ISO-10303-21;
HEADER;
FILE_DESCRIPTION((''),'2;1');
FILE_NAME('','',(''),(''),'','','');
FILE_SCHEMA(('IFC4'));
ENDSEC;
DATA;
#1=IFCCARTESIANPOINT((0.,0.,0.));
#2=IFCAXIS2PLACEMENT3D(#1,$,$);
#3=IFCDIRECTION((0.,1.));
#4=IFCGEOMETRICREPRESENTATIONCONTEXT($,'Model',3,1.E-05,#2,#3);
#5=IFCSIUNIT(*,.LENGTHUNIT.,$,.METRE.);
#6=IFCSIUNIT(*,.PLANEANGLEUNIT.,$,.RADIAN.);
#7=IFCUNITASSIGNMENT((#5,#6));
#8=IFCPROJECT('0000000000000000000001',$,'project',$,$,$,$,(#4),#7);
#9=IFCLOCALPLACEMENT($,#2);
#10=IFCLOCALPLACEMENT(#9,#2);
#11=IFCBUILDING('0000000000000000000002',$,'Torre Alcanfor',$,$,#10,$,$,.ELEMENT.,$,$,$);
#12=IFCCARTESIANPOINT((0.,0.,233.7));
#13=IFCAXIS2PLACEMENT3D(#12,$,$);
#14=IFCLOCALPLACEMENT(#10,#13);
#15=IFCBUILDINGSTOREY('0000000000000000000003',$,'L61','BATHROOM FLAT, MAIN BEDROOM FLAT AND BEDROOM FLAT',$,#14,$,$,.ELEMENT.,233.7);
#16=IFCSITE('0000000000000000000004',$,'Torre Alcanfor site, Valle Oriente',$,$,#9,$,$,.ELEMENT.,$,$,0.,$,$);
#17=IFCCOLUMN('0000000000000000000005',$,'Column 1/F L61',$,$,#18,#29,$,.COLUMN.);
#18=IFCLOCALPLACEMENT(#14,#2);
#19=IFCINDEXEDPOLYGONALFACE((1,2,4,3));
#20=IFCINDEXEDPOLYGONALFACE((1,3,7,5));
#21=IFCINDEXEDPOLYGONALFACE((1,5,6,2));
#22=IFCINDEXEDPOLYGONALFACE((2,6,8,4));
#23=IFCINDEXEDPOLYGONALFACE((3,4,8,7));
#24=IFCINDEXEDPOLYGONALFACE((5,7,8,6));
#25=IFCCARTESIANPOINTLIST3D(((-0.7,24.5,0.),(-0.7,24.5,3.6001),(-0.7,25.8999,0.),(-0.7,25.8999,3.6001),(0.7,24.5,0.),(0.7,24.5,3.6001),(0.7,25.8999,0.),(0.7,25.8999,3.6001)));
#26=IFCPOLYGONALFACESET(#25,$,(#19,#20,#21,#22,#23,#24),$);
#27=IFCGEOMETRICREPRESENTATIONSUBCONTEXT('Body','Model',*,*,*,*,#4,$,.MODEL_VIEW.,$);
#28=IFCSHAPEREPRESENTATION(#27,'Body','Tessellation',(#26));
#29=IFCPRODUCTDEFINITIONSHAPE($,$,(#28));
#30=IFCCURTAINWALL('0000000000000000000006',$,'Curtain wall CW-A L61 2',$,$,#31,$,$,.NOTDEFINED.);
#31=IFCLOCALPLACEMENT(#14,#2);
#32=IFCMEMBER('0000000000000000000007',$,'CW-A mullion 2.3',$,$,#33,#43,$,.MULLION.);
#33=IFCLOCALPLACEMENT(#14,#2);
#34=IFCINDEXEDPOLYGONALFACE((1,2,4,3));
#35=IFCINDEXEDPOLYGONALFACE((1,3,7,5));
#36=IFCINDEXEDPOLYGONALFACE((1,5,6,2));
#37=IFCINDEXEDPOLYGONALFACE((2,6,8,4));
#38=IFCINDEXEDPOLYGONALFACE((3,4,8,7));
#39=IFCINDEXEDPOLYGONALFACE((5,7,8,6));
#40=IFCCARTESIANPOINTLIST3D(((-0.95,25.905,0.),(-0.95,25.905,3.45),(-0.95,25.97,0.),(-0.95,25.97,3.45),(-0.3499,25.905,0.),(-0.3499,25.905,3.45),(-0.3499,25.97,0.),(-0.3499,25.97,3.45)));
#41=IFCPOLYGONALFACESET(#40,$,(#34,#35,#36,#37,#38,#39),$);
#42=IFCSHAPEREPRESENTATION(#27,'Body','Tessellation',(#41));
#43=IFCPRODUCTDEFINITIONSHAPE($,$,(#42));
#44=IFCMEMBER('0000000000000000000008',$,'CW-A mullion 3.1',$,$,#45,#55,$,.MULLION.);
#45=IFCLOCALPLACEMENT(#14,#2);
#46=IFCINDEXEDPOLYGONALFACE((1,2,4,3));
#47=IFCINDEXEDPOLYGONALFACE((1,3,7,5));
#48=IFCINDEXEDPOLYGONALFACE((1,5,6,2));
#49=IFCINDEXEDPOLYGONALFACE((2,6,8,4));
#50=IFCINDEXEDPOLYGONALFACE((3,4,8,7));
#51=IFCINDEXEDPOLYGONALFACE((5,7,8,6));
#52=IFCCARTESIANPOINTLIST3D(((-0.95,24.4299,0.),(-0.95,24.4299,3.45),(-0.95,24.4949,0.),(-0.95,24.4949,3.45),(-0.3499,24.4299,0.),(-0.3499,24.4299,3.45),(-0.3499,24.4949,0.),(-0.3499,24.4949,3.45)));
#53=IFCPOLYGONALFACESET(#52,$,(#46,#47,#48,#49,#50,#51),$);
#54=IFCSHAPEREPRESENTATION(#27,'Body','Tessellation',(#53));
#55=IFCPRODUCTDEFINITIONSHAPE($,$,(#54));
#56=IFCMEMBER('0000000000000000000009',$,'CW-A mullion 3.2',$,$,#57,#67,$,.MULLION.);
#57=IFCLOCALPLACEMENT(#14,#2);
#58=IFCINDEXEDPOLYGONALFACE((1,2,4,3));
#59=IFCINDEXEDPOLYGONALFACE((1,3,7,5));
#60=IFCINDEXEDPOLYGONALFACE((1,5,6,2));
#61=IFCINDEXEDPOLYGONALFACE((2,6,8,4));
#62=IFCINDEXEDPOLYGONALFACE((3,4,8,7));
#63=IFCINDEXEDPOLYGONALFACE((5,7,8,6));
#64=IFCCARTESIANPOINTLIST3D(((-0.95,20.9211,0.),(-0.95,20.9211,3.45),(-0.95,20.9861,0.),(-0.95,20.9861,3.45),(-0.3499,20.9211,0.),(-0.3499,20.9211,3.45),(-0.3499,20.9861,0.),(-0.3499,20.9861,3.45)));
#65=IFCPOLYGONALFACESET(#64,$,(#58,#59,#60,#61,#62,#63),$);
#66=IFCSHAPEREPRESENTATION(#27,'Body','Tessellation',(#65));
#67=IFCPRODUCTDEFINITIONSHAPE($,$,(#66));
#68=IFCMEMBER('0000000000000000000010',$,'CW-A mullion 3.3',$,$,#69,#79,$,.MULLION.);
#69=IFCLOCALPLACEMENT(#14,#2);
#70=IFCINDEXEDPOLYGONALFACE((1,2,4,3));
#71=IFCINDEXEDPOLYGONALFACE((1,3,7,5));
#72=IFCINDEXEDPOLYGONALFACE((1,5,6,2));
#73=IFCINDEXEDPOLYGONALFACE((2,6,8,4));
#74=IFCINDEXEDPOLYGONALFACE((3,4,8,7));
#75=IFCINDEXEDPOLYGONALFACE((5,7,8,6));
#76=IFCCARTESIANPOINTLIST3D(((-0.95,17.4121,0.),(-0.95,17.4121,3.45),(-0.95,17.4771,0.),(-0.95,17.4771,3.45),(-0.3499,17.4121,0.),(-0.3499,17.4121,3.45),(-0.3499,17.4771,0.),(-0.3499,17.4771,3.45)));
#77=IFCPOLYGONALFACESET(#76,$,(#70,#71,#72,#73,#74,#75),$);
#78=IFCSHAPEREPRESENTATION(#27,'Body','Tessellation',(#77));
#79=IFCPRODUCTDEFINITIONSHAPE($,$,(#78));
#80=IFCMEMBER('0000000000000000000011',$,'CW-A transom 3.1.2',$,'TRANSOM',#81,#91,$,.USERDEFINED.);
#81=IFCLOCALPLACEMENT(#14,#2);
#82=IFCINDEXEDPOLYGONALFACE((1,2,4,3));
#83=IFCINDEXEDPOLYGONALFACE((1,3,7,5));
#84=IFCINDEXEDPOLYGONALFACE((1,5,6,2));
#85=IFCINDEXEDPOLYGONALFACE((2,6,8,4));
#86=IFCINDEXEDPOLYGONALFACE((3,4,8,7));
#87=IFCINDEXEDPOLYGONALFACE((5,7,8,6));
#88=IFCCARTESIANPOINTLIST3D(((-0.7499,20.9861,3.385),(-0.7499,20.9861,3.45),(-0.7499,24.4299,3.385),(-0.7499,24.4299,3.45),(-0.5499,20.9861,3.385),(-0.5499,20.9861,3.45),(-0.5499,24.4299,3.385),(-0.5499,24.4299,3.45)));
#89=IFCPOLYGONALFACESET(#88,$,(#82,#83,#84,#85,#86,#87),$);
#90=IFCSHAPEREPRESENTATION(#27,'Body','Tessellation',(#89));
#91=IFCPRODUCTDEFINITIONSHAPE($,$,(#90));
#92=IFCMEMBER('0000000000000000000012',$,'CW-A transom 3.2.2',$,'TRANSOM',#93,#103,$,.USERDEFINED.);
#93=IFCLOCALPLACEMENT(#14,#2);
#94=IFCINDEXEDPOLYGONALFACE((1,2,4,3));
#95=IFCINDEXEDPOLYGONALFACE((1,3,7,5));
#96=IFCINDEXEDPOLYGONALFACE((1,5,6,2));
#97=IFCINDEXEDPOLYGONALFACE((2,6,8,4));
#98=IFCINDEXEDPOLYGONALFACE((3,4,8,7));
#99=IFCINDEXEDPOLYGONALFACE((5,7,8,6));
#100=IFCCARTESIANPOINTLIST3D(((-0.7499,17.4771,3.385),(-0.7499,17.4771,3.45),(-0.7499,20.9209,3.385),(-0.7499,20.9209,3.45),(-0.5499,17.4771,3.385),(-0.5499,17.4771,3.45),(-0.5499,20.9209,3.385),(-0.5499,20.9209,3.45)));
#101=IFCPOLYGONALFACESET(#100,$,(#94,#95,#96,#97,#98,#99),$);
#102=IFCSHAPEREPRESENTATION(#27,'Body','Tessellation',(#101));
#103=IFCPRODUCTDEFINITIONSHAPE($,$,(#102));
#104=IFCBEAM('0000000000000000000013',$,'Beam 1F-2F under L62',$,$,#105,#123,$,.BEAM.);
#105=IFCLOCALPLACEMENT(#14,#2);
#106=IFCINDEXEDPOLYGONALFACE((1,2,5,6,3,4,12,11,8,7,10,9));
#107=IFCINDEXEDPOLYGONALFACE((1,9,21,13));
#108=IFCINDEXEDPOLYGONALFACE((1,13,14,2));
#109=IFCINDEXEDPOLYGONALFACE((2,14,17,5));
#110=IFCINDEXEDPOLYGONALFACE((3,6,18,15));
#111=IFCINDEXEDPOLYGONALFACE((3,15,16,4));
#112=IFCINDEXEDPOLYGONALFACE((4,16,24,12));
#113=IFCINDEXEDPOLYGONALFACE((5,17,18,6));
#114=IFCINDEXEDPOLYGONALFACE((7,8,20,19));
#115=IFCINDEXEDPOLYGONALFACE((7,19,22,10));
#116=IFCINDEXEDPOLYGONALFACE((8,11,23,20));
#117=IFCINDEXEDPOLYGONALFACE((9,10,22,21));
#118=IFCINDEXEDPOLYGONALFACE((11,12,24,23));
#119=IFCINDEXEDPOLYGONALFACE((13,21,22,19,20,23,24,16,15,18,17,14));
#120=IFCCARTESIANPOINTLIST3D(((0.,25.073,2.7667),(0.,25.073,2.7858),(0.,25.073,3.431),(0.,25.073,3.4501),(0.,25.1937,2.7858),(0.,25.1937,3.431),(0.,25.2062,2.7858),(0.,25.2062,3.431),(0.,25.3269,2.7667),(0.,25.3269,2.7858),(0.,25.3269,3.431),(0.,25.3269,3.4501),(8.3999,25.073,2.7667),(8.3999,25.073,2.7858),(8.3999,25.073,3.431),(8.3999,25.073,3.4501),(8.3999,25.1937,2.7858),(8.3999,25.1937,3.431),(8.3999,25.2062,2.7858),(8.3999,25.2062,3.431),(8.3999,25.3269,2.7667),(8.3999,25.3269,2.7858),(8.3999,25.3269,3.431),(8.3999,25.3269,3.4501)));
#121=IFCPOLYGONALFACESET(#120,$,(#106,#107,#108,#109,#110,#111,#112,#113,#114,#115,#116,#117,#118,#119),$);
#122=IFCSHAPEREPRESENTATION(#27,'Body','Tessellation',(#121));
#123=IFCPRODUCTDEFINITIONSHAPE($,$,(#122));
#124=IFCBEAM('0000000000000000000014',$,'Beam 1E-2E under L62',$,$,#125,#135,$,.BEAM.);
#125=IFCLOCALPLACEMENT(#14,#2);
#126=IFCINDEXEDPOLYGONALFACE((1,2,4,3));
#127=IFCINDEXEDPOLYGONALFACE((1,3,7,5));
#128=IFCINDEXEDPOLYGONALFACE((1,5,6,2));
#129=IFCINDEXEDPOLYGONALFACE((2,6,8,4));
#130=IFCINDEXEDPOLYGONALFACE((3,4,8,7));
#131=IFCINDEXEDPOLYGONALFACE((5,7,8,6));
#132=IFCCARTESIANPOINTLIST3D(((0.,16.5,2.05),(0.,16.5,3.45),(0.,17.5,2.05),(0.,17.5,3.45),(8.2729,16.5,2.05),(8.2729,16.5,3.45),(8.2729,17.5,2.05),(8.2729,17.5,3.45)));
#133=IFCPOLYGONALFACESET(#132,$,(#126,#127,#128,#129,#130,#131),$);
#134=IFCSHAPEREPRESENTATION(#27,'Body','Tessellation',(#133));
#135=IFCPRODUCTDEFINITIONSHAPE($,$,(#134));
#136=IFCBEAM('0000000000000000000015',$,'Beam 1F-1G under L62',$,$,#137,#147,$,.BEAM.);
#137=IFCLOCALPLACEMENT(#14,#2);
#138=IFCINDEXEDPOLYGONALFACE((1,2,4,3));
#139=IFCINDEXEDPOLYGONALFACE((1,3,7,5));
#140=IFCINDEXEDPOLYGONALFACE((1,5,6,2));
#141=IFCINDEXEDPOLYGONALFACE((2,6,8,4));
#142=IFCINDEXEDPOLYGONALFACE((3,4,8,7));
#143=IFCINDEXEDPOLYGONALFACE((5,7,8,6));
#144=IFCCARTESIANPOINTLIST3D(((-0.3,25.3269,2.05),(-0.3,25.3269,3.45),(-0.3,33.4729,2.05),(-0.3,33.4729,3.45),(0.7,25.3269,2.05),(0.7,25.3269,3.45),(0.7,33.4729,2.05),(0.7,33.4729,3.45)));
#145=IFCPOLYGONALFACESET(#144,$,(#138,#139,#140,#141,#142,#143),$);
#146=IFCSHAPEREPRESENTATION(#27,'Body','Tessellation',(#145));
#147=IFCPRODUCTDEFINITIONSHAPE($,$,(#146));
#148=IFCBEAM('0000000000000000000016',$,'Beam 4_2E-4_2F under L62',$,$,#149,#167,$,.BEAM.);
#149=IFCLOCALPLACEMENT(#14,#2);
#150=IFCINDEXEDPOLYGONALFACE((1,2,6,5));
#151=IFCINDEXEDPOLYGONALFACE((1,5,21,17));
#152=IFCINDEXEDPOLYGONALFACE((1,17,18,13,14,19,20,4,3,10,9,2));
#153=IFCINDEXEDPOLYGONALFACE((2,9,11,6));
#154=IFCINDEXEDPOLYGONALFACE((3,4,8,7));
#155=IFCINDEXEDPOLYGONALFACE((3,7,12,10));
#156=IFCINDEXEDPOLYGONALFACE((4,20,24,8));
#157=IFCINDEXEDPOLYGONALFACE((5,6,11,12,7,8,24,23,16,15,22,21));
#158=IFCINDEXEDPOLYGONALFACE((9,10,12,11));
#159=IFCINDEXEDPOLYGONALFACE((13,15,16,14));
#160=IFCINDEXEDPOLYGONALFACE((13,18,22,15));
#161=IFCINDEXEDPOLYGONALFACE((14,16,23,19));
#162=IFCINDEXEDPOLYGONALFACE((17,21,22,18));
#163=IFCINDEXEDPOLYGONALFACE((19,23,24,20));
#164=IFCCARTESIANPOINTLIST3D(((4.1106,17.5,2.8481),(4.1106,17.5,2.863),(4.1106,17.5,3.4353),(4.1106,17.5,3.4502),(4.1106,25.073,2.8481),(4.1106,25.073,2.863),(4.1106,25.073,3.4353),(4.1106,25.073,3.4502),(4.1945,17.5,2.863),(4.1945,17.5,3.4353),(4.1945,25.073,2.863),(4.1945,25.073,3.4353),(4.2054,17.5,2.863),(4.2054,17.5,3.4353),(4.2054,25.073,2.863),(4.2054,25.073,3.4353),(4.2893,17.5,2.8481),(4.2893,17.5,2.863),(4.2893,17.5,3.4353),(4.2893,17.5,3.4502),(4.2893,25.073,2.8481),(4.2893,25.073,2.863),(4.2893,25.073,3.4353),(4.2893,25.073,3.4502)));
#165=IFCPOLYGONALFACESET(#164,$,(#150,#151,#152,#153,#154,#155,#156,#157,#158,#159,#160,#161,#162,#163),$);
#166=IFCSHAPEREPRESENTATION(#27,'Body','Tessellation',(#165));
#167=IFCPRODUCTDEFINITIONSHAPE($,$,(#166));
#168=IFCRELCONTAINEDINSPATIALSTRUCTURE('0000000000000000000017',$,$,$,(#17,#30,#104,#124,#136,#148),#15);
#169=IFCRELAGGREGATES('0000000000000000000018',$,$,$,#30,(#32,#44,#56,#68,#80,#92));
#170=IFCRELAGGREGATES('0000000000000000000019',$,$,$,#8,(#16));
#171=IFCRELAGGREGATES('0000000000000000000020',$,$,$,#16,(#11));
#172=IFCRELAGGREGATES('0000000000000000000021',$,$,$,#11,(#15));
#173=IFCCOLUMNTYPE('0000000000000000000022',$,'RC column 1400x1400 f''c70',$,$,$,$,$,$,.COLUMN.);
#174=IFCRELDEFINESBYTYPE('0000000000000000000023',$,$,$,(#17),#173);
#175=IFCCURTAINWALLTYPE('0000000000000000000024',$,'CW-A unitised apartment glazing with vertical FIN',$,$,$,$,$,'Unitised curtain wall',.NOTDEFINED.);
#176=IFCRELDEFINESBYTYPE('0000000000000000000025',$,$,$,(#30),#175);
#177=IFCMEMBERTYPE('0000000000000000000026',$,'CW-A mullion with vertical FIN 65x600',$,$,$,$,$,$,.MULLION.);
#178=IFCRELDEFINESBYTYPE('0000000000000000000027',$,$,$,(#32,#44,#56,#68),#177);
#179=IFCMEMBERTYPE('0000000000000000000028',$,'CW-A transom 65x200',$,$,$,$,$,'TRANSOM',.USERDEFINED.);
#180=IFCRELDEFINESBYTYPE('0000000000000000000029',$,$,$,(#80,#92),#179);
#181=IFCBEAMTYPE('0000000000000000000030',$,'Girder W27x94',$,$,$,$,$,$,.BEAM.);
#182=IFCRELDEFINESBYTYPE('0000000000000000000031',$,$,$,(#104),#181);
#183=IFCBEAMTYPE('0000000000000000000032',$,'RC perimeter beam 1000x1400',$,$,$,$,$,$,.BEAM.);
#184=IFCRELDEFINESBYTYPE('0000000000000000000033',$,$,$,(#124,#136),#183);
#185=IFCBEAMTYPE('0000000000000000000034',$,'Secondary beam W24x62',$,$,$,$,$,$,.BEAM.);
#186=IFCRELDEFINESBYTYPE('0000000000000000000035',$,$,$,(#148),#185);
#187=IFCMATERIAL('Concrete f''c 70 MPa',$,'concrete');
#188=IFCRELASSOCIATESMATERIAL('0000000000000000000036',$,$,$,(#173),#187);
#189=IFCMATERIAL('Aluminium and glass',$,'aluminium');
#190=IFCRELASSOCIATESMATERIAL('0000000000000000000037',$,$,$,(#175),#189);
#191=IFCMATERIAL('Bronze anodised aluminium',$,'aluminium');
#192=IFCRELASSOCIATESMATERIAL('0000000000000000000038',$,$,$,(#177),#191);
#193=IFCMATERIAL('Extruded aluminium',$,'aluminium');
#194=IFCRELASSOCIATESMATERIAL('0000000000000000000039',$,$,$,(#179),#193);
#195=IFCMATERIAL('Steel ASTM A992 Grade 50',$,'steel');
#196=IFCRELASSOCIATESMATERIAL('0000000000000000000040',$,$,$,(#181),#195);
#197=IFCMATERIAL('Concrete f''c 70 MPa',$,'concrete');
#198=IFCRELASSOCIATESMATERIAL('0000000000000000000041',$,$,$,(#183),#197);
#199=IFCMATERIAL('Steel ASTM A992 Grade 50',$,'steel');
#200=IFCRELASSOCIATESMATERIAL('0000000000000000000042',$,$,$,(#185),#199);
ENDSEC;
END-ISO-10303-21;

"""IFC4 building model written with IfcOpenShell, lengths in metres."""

from ifc_helpers import new_model, si_unit, direction, frame, origin, origin_2d, place, context, subcontext, project, spatial, rectangle, i_section, extrude, material, material_profile, profile_set, type_object, element, aggregate, save


model = new_model("IFC4")

# Units and contexts
model_context = context("Model", 3, precision=1e-05, world=origin(), true_north=direction((0.0, 1.0)))
body_context = subcontext(model_context, "Body", "Model", "MODEL_VIEW")
ifc_project = project(units=[si_unit("LENGTHUNIT", "METRE"), si_unit("PLANEANGLEUNIT", "RADIAN")], contexts=[model_context])

# Site, building, storey
site_placement = place(None, origin())
site = spatial("IfcSite", under=ifc_project, at=site_placement, Name="Torre Alcanfor site, Valle Oriente", CompositionType="ELEMENT", RefElevation=0.0)
building_placement = place(site_placement, origin())
building = spatial("IfcBuilding", under=site, at=building_placement, Name="Torre Alcanfor", CompositionType="ELEMENT")
storey_placement = place(building_placement, frame((0.0, 0.0, 233.7)))
storey = spatial("IfcBuildingStorey", under=building, at=storey_placement, Name="L61", Description="BATHROOM FLAT, MAIN BEDROOM FLAT AND BEDROOM FLAT", CompositionType="ELEMENT", Elevation=233.7)

# Column
ifc_material_1 = material(Name="Concrete f'c 70 MPa", Category="concrete")
ifc_material_profile_1 = material_profile(ifc_material_1, rectangle(XDim=1.3999, YDim=1.3999, at=origin_2d()), Name="1400x1400")
ifc_profile_set_1 = profile_set([ifc_material_profile_1], Name="Concrete f'c 70 MPa")
column_type = type_object("IfcColumnType", Name="RC column 1400x1400 f'c70", PredefinedType="COLUMN", material=ifc_profile_set_1)
column_placement = place(storey_placement, frame((0.0, 25.2, 0.0), z_axis=(0.0, 0.0, 1.0), x_axis=(1.0, 0.0, 0.0)))
element("IfcColumn", 1, at=column_placement, inside=storey, type_object=column_type, Name="Column 1/F L61", PredefinedType="COLUMN", context=body_context, shape_type="SweptSolid", body=[
    extrude(rectangle(XDim=1.3999, YDim=1.3999, at=origin_2d()), origin(), (0.0, 0.0, 1.0), 3.6001),
])

# Curtain wall, members
ifc_material_2 = material(Name="Aluminium and glass", Category="aluminium")
curtain_wall_type = type_object("IfcCurtainWallType", Name="CW-A unitised apartment glazing with vertical FIN", ElementType="Unitised curtain wall", PredefinedType="NOTDEFINED", material=ifc_material_2)
curtain_wall_placement = place(storey_placement, origin())
curtain_wall = element("IfcCurtainWall", 2, at=curtain_wall_placement, inside=storey, type_object=curtain_wall_type, Name="Curtain wall CW-A L61 2", PredefinedType="NOTDEFINED")
ifc_material_3 = material(Name="Bronze anodised aluminium", Category="aluminium")
ifc_material_profile_2 = material_profile(ifc_material_3, rectangle(XDim=0.6001, YDim=0.0649, at=origin_2d()), Name="CW-A mullion 65x600")
ifc_profile_set_2 = profile_set([ifc_material_profile_2], Name="Bronze anodised aluminium")
member_type_1 = type_object("IfcMemberType", Name="CW-A mullion with vertical FIN 65x600", PredefinedType="MULLION", material=ifc_profile_set_2)
member_1_placement = place(storey_placement, frame((-0.6499, 25.9375, 0.0), z_axis=(0.0, 0.0, 1.0), x_axis=(1.0, 0.0, 0.0)))
member_1 = element("IfcMember", 3, at=member_1_placement, type_object=member_type_1, Name="CW-A mullion 2.3", PredefinedType="MULLION", context=body_context, shape_type="SweptSolid", body=[
    extrude(rectangle(XDim=0.6001, YDim=0.0649, at=origin_2d()), origin(), (0.0, 0.0, 1.0), 3.45),
])
member_2_placement = place(storey_placement, frame((-0.6499, 24.4624, 0.0), z_axis=(0.0, 0.0, 1.0), x_axis=(1.0, 0.0, 0.0)))
member_2 = element("IfcMember", 4, at=member_2_placement, type_object=member_type_1, Name="CW-A mullion 3.1", PredefinedType="MULLION", context=body_context, shape_type="SweptSolid", body=[
    extrude(rectangle(XDim=0.6001, YDim=0.0649, at=origin_2d()), origin(), (0.0, 0.0, 1.0), 3.45),
])
member_3_placement = place(storey_placement, frame((-0.6499, 20.9536, 0.0), z_axis=(0.0, 0.0, 1.0), x_axis=(1.0, 0.0, 0.0)))
member_3 = element("IfcMember", 5, at=member_3_placement, type_object=member_type_1, Name="CW-A mullion 3.2", PredefinedType="MULLION", context=body_context, shape_type="SweptSolid", body=[
    extrude(rectangle(XDim=0.6001, YDim=0.0649, at=origin_2d()), origin(), (0.0, 0.0, 1.0), 3.45),
])
member_4_placement = place(storey_placement, frame((-0.6499, 17.4446, 0.0), z_axis=(0.0, 0.0, 1.0), x_axis=(1.0, 0.0, 0.0)))
member_4 = element("IfcMember", 6, at=member_4_placement, type_object=member_type_1, Name="CW-A mullion 3.3", PredefinedType="MULLION", context=body_context, shape_type="SweptSolid", body=[
    extrude(rectangle(XDim=0.6001, YDim=0.0649, at=origin_2d()), origin(), (0.0, 0.0, 1.0), 3.45),
])
ifc_material_4 = material(Name="Extruded aluminium", Category="aluminium")
ifc_material_profile_3 = material_profile(ifc_material_4, rectangle(XDim=0.2, YDim=0.0649, at=origin_2d()), Name="CW-A transom 200x65")
ifc_profile_set_3 = profile_set([ifc_material_profile_3], Name="Extruded aluminium")
member_type_2 = type_object("IfcMemberType", Name="CW-A transom 65x200", ElementType="TRANSOM", PredefinedType="USERDEFINED", material=ifc_profile_set_3)
member_5_placement = place(storey_placement, frame((-0.6499, 24.4299, 3.4175), z_axis=(0.0, -1.0, 0.0), x_axis=(1.0, 0.0, 0.0)))
member_5 = element("IfcMember", 7, at=member_5_placement, type_object=member_type_2, Name="CW-A transom 3.1.2", ObjectType="TRANSOM", PredefinedType="USERDEFINED", context=body_context, shape_type="SweptSolid", body=[
    extrude(rectangle(XDim=0.2, YDim=0.0649, at=origin_2d()), origin(), (0.0, 0.0, 1.0), 3.4438),
])
member_6_placement = place(storey_placement, frame((-0.6499, 20.9209, 3.4175), z_axis=(0.0, -1.0, 0.0), x_axis=(1.0, 0.0, 0.0)))
member_6 = element("IfcMember", 8, at=member_6_placement, type_object=member_type_2, Name="CW-A transom 3.2.2", ObjectType="TRANSOM", PredefinedType="USERDEFINED", context=body_context, shape_type="SweptSolid", body=[
    extrude(rectangle(XDim=0.2, YDim=0.0649, at=origin_2d()), origin(), (0.0, 0.0, 1.0), 3.4438),
])

# Beams
ifc_material_5 = material(Name="Steel ASTM A992 Grade 50", Category="steel")
ifc_material_profile_4 = material_profile(ifc_material_5, i_section(OverallWidth=0.2539, OverallDepth=0.6833, WebThickness=0.0125, FlangeThickness=0.019, at=origin_2d()), Name="W27x94")
ifc_profile_set_4 = profile_set([ifc_material_profile_4], Name="Steel ASTM A992 Grade 50")
beam_type_1 = type_object("IfcBeamType", Name="Girder W27x94", PredefinedType="BEAM", material=ifc_profile_set_4)
beam_1_placement = place(storey_placement, frame((0.0, 25.2, 3.1084), z_axis=(1.0, 0.0, 0.0), x_axis=(0.0, 1.0, 0.0)))
element("IfcBeam", 9, at=beam_1_placement, inside=storey, type_object=beam_type_1, Name="Beam 1F-2F under L62", PredefinedType="BEAM", context=body_context, shape_type="SweptSolid", body=[
    extrude(i_section(OverallWidth=0.2539, OverallDepth=0.6833, WebThickness=0.0125, FlangeThickness=0.019, at=origin_2d()), origin(), (0.0, 0.0, 1.0), 8.3999),
])
ifc_material_6 = material(Name="Concrete f'c 70 MPa", Category="concrete")
ifc_material_profile_5 = material_profile(ifc_material_6, rectangle(XDim=1.0, YDim=1.3999, at=origin_2d()), Name="1000x1400")
ifc_profile_set_5 = profile_set([ifc_material_profile_5], Name="Concrete f'c 70 MPa")
beam_type_2 = type_object("IfcBeamType", Name="RC perimeter beam 1000x1400", PredefinedType="BEAM", material=ifc_profile_set_5)
beam_2_placement = place(storey_placement, frame((0.0, 17.0, 2.75), z_axis=(1.0, 0.0, 0.0), x_axis=(0.0, 1.0, 0.0)))
element("IfcBeam", 10, at=beam_2_placement, inside=storey, type_object=beam_type_2, Name="Beam 1E-2E under L62", PredefinedType="BEAM", context=body_context, shape_type="SweptSolid", body=[
    extrude(rectangle(XDim=1.0, YDim=1.3999, at=origin_2d()), origin(), (0.0, 0.0, 1.0), 8.2729),
])
beam_3_placement = place(storey_placement, frame((0.2, 25.3269, 2.75), z_axis=(0.0, 1.0, 0.0), x_axis=(-1.0, 0.0, 0.0)))
element("IfcBeam", 11, at=beam_3_placement, inside=storey, type_object=beam_type_2, Name="Beam 1F-1G under L62", PredefinedType="BEAM", context=body_context, shape_type="SweptSolid", body=[
    extrude(rectangle(XDim=1.0, YDim=1.3999, at=origin_2d()), origin(), (0.0, 0.0, 1.0), 8.146),
])
ifc_material_7 = material(Name="Steel ASTM A992 Grade 50", Category="steel")
ifc_material_profile_6 = material_profile(ifc_material_7, i_section(OverallWidth=0.1787, OverallDepth=0.6021, WebThickness=0.011, FlangeThickness=0.0149, at=origin_2d()), Name="W24x62")
ifc_profile_set_6 = profile_set([ifc_material_profile_6], Name="Steel ASTM A992 Grade 50")
beam_type_3 = type_object("IfcBeamType", Name="Secondary beam W24x62", PredefinedType="BEAM", material=ifc_profile_set_6)
beam_4_placement = place(storey_placement, frame((4.2, 17.5, 3.1492), z_axis=(0.0, 1.0, 0.0), x_axis=(-1.0, 0.0, 0.0)))
element("IfcBeam", 12, at=beam_4_placement, inside=storey, type_object=beam_type_3, Name="Beam 4_2E-4_2F under L62", PredefinedType="BEAM", context=body_context, shape_type="SweptSolid", body=[
    extrude(i_section(OverallWidth=0.1787, OverallDepth=0.6021, WebThickness=0.011, FlangeThickness=0.0149, at=origin_2d()), origin(), (0.0, 0.0, 1.0), 7.573),
])

aggregate(curtain_wall, [member_1, member_2, member_3, member_4, member_5, member_6])

save(model, "model.ifc")
